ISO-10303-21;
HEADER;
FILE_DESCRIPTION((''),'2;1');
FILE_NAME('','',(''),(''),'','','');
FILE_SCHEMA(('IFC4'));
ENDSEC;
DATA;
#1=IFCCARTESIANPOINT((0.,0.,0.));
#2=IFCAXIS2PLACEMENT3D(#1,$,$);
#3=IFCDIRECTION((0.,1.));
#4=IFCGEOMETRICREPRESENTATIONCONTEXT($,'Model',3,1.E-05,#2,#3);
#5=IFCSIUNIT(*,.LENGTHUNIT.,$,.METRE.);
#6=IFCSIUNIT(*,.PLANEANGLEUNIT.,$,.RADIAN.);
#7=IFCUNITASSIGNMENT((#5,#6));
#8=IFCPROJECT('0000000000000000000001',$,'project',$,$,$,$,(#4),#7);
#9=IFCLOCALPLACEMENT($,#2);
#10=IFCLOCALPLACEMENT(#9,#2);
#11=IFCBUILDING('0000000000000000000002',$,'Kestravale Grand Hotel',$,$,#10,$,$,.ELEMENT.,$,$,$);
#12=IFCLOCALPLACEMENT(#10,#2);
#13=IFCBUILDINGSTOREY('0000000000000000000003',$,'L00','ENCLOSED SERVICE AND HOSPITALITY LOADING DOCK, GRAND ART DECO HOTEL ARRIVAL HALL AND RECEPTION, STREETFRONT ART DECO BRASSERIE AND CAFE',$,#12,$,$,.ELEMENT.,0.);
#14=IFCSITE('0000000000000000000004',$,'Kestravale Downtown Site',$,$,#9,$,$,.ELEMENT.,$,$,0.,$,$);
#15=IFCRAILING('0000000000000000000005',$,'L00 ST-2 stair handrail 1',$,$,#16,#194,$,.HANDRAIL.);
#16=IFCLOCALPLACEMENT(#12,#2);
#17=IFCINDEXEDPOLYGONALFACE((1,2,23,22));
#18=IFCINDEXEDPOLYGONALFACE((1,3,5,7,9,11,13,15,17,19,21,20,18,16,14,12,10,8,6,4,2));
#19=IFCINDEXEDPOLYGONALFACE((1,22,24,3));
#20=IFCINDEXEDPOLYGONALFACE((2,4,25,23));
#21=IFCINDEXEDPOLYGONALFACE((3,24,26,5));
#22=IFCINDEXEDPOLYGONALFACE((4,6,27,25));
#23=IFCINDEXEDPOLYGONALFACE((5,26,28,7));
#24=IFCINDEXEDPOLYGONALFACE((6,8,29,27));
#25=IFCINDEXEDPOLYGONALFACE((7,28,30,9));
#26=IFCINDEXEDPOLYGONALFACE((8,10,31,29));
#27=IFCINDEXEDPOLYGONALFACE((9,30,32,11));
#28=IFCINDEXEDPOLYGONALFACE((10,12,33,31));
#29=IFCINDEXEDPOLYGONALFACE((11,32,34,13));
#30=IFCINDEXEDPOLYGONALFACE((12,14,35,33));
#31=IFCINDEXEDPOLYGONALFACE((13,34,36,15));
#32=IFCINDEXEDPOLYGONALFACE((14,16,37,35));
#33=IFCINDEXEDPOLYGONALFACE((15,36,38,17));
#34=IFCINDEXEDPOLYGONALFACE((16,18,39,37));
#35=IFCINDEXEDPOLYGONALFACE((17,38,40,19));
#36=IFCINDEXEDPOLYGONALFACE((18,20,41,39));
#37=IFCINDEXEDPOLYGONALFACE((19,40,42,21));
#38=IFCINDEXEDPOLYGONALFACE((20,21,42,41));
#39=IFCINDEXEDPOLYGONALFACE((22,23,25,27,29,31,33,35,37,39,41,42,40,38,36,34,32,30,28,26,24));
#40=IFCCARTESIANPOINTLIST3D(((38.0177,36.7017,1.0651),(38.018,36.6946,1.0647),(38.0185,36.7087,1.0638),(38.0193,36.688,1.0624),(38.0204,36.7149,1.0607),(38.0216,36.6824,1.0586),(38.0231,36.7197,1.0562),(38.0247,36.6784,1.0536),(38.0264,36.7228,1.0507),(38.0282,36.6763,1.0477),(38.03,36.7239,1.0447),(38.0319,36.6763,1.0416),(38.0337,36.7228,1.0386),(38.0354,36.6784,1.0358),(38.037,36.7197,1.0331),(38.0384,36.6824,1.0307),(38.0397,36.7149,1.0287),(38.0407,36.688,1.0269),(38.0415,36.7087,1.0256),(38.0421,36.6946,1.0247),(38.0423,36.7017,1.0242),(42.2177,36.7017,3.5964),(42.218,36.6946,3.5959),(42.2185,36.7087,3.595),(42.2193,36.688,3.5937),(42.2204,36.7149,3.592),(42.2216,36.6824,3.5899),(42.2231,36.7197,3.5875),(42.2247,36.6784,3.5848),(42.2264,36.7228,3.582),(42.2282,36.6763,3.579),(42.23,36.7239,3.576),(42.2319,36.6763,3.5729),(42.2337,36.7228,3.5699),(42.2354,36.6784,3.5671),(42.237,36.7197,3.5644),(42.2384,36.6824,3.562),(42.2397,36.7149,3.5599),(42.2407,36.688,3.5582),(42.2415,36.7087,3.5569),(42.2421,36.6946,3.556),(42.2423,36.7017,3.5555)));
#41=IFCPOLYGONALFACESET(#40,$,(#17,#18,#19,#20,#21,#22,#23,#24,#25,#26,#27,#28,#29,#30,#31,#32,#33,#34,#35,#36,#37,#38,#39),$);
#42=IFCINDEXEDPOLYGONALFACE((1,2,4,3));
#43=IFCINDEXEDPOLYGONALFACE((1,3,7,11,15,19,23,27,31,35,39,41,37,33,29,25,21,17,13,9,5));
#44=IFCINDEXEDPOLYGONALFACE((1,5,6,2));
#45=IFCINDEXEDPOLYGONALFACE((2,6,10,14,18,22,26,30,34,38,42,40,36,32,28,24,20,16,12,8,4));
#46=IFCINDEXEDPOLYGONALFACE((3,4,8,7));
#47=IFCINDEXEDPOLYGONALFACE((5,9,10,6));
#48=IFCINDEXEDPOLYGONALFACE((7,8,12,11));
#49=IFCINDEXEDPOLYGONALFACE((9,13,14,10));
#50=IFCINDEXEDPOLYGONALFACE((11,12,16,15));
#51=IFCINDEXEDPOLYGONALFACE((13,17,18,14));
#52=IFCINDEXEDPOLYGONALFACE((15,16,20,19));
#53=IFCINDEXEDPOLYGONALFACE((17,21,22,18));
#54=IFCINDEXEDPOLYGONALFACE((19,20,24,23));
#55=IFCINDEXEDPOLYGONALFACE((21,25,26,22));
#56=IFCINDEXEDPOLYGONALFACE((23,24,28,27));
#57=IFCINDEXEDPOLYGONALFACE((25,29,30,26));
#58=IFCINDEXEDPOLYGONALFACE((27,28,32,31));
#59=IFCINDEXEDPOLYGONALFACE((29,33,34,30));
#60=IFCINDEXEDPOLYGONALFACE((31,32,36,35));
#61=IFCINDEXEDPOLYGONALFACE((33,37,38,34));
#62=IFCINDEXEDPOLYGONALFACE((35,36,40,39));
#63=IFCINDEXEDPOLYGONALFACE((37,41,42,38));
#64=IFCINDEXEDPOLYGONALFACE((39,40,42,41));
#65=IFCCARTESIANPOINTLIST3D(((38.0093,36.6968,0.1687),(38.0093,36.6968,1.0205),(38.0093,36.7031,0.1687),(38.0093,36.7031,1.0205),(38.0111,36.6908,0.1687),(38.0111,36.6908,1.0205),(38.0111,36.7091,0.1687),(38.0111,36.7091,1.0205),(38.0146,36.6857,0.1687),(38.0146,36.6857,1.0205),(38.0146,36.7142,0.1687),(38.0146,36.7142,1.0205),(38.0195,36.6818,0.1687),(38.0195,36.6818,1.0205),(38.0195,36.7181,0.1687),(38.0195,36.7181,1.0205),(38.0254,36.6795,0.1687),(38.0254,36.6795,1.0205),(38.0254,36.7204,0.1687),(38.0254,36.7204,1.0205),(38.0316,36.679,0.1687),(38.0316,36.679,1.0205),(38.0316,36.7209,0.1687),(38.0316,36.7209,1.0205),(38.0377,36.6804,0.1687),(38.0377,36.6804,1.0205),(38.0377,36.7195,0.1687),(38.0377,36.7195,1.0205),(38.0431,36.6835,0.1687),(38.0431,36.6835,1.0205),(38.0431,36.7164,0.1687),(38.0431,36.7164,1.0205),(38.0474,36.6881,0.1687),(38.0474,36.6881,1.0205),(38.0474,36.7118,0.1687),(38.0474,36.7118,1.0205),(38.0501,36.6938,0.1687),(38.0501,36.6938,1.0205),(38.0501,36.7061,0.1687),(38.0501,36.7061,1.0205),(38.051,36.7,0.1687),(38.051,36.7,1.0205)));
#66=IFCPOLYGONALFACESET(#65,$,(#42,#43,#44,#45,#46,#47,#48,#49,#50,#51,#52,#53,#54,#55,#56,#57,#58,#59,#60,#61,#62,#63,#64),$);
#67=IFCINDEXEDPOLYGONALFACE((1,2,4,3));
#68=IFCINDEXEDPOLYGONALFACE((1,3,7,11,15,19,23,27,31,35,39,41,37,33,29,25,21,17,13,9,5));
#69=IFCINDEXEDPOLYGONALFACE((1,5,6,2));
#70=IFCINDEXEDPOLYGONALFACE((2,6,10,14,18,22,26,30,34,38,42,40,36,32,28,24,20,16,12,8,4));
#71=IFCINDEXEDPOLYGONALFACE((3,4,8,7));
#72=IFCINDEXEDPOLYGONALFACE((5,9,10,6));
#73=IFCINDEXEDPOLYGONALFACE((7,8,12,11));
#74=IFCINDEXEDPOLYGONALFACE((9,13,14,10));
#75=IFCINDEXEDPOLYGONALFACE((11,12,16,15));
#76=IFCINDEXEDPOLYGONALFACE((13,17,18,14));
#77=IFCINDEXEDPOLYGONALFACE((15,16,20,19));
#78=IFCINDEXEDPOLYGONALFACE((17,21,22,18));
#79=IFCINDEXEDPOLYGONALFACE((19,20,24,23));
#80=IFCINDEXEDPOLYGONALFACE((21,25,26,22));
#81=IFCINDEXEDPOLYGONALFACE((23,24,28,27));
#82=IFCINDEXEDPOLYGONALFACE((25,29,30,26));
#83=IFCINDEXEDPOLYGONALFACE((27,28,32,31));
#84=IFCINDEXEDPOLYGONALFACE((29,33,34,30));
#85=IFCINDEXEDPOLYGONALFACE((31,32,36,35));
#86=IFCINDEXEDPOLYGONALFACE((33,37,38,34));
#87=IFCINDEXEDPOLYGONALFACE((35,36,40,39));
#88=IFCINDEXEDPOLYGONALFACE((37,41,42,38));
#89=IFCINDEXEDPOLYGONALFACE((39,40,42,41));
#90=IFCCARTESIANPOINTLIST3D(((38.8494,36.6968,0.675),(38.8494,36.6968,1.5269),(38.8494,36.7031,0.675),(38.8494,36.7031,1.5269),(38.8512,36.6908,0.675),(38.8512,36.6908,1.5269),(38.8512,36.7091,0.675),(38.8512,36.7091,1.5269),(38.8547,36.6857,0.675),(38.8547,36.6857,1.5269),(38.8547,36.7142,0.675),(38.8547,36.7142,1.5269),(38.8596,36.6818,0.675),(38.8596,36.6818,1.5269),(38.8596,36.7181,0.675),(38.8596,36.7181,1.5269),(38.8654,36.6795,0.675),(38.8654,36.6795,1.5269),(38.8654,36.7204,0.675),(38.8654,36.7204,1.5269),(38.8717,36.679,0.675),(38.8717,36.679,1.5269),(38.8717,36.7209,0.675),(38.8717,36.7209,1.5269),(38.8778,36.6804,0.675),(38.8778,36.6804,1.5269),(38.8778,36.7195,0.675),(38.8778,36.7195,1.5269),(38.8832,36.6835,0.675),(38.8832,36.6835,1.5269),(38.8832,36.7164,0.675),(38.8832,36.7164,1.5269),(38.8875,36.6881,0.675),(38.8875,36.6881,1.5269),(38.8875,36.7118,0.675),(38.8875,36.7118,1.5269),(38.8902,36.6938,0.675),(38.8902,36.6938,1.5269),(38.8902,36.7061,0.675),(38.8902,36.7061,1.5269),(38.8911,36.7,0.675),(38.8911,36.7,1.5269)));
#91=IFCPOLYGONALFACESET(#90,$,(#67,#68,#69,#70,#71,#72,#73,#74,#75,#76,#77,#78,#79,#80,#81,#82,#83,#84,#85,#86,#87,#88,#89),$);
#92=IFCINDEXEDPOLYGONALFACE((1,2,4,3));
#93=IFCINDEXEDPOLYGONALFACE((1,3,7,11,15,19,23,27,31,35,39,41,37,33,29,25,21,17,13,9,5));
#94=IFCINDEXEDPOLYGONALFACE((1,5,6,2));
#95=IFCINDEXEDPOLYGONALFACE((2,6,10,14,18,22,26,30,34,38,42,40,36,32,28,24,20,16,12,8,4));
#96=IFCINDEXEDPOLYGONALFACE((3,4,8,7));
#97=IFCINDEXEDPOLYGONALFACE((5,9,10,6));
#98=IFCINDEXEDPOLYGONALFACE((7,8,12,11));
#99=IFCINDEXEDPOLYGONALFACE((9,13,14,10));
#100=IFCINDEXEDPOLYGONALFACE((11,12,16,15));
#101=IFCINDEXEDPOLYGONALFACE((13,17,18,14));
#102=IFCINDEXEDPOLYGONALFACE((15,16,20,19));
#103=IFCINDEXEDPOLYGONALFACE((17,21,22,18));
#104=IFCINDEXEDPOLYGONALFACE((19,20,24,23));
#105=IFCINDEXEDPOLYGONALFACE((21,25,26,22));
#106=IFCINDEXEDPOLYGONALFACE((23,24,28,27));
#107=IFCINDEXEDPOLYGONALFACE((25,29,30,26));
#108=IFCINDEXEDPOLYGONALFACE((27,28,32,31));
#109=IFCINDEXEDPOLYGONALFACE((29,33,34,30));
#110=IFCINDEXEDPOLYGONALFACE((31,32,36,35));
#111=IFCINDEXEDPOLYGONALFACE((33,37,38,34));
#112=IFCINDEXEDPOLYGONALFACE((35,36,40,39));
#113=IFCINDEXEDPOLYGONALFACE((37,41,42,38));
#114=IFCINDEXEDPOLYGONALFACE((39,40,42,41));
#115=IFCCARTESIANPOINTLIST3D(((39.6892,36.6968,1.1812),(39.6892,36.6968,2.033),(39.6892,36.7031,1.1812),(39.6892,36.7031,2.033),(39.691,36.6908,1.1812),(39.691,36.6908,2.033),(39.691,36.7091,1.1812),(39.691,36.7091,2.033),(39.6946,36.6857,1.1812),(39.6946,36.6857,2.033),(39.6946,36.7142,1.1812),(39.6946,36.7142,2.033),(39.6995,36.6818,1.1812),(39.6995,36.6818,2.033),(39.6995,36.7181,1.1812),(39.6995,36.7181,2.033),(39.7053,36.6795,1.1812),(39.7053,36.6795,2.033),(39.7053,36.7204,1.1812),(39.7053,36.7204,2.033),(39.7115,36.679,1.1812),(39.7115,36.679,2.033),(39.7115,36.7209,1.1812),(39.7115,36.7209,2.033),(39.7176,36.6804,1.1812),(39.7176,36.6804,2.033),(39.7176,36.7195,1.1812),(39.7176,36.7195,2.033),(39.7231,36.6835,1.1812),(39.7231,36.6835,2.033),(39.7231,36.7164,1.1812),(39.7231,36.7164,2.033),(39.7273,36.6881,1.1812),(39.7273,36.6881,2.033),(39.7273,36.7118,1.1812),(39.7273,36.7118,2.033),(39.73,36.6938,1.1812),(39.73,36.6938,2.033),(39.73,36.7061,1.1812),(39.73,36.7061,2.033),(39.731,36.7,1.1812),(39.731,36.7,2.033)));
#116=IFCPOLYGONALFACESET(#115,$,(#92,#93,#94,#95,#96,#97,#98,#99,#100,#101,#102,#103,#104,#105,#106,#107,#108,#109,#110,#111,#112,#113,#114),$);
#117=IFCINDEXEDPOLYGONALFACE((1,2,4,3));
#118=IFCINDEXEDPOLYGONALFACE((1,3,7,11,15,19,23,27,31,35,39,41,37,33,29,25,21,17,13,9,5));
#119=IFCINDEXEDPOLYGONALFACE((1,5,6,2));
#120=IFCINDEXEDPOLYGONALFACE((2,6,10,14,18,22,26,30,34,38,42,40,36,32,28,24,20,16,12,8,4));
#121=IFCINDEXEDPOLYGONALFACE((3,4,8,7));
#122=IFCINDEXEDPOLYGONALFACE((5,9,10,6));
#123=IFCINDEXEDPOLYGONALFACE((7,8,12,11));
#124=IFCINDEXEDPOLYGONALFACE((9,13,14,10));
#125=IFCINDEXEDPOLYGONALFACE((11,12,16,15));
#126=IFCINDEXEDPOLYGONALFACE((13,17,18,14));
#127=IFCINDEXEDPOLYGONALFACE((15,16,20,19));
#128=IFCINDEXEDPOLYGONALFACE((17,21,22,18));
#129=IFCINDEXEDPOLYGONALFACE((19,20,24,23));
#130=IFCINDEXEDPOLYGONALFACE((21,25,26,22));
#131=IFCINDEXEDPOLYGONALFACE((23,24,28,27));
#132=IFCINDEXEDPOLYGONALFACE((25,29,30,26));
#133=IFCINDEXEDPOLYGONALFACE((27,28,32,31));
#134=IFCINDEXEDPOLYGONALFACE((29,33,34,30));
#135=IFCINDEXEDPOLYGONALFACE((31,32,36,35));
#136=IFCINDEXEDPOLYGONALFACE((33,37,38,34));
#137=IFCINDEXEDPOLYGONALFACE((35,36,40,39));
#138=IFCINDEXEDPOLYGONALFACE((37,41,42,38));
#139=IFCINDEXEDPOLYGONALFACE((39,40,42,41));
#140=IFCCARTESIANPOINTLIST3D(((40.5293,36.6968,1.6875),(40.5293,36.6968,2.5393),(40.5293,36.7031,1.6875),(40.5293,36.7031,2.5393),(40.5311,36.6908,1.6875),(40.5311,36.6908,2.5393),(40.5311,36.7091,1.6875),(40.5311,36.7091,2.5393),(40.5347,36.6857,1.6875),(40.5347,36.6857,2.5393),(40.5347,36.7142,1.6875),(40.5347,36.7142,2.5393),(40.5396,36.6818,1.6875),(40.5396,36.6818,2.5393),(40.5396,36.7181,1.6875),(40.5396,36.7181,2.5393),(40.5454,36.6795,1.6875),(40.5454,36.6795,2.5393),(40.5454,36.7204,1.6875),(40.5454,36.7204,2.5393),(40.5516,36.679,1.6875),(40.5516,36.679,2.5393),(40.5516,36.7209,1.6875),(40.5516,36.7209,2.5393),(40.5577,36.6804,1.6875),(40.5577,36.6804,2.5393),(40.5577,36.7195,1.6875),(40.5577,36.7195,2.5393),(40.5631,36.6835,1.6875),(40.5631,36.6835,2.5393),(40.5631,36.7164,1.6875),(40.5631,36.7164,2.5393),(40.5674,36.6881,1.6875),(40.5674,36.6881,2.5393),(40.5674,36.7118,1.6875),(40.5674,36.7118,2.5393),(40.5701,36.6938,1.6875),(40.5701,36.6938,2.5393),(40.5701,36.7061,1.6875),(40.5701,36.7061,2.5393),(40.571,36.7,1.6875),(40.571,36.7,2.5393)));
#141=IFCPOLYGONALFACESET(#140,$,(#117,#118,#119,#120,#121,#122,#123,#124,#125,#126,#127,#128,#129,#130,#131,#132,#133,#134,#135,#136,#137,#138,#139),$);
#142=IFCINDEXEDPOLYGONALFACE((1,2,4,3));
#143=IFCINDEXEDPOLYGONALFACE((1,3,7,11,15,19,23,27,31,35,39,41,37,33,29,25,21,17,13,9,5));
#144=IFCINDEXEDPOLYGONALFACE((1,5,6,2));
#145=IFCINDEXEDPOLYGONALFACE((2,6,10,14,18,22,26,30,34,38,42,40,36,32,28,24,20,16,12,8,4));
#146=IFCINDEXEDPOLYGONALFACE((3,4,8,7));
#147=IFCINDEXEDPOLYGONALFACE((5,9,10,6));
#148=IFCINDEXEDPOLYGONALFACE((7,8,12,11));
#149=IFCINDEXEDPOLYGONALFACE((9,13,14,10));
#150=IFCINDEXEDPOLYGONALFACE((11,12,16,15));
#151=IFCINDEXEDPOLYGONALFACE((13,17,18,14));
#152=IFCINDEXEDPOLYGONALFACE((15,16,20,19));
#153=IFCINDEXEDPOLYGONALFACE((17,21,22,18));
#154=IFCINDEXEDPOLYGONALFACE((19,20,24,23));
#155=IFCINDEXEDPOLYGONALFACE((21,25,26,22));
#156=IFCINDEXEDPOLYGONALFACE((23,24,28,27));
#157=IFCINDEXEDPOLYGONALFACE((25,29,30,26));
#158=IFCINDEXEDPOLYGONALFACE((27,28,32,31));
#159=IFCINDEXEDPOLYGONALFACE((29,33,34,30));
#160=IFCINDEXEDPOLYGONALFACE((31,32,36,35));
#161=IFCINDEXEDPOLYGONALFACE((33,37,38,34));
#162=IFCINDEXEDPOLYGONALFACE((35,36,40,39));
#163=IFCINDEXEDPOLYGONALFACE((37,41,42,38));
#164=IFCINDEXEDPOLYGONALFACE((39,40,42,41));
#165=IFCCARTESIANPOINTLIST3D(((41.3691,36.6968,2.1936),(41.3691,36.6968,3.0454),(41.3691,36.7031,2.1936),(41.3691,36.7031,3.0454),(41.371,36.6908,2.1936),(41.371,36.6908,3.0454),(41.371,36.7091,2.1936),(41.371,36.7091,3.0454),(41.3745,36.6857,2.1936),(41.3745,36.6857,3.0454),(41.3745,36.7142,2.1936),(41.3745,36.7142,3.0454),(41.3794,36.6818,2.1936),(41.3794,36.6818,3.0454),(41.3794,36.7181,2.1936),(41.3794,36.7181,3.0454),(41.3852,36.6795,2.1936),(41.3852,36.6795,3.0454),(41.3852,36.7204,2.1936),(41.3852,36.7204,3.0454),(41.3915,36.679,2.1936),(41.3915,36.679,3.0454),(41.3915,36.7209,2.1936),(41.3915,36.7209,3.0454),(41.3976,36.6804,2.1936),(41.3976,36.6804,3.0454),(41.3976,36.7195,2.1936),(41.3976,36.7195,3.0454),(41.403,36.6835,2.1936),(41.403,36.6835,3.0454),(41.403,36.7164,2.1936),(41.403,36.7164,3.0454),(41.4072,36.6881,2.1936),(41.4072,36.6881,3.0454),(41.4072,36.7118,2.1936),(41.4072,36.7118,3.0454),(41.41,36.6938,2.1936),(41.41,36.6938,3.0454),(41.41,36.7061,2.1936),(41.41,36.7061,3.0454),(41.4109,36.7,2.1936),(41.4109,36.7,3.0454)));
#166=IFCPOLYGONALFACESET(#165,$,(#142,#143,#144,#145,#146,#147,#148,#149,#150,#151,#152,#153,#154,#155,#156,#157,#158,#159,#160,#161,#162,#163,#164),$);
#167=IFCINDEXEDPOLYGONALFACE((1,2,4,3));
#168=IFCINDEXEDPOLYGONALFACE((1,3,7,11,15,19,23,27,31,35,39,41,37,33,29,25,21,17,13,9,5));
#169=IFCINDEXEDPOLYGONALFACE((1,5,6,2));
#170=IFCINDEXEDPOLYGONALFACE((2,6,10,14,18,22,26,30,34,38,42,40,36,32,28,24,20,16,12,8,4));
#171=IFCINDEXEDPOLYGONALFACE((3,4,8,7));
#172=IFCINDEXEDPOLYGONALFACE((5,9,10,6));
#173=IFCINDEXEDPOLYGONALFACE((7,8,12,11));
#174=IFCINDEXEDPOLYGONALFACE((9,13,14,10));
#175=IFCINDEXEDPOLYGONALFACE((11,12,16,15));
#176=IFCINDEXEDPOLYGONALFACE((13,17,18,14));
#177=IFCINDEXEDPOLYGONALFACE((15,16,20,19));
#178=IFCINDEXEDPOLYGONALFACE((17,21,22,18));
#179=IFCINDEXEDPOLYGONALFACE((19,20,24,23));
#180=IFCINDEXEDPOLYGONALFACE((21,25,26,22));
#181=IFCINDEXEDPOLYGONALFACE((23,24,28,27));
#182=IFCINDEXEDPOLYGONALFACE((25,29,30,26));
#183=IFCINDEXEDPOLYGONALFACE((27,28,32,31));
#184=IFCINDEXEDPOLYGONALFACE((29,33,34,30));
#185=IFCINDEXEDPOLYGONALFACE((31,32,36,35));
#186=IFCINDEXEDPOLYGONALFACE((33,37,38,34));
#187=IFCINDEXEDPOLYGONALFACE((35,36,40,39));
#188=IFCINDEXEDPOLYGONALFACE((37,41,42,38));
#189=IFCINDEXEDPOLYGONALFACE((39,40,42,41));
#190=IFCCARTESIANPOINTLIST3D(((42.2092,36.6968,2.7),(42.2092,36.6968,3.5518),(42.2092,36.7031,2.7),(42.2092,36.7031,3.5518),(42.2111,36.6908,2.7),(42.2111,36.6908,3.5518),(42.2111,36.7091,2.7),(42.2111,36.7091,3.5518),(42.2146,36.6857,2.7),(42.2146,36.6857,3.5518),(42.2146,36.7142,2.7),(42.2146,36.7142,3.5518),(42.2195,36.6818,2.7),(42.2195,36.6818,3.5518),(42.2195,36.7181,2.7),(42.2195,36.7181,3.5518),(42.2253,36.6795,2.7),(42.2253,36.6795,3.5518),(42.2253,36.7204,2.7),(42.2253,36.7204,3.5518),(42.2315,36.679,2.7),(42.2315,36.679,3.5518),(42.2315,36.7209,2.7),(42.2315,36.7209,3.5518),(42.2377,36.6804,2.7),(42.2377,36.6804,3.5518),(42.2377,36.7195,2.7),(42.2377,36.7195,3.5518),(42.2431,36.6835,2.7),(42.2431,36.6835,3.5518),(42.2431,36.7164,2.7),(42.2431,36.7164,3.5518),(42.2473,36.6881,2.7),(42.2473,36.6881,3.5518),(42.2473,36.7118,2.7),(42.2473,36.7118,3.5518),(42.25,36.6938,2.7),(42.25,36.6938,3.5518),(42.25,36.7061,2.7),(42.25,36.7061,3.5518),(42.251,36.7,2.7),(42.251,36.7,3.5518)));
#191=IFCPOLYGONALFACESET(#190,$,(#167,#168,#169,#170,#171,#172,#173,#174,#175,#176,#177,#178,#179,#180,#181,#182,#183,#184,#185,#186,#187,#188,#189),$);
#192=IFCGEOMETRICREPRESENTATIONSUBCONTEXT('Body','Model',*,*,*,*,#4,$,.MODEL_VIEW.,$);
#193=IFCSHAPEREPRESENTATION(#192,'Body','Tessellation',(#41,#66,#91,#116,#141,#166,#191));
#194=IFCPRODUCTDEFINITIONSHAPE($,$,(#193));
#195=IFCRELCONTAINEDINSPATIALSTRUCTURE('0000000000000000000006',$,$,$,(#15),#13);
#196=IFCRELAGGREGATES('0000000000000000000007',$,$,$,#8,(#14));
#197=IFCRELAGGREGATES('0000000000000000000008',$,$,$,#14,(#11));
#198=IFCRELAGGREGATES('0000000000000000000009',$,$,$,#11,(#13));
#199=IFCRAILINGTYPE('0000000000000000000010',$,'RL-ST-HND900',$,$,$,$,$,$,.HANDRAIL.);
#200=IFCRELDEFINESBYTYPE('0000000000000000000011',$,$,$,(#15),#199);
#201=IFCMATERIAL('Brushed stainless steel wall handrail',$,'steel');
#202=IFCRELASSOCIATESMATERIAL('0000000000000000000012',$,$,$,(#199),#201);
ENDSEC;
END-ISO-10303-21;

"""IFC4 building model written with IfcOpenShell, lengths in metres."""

from ifc_helpers import new_model, si_unit, direction, frame, origin, origin_2d, place, context, subcontext, project, spatial, circle, extrude, material, type_object, element, save


model = new_model("IFC4")

# Units and contexts
model_context = context("Model", 3, precision=1e-05, world=origin(), true_north=direction((0.0, 1.0)))
body_context = subcontext(model_context, "Body", "Model", "MODEL_VIEW")
ifc_project = project(units=[si_unit("LENGTHUNIT", "METRE"), si_unit("PLANEANGLEUNIT", "RADIAN")], contexts=[model_context])

# Site, building, storey
site_placement = place(None, origin())
site = spatial("IfcSite", under=ifc_project, at=site_placement, Name="Kestravale Downtown Site", CompositionType="ELEMENT", RefElevation=0.0)
building_placement = place(site_placement, origin())
building = spatial("IfcBuilding", under=site, at=building_placement, Name="Kestravale Grand Hotel", CompositionType="ELEMENT")
storey_placement = place(building_placement, origin())
storey = spatial("IfcBuildingStorey", under=building, at=storey_placement, Name="L00", Description="ENCLOSED SERVICE AND HOSPITALITY LOADING DOCK, GRAND ART DECO HOTEL ARRIVAL HALL AND RECEPTION, STREETFRONT ART DECO BRASSERIE AND CAFE", CompositionType="ELEMENT", Elevation=0.0)

# Railing
ifc_material_1 = material(Name="Brushed stainless steel wall handrail", Category="steel")
railing_type_1 = type_object("IfcRailingType", Name="RL-ST-HND900", PredefinedType="HANDRAIL", material=ifc_material_1)
railing_1_placement = place(storey_placement, frame((38.03, 36.7, 0.1687)))
element("IfcRailing", 1, at=railing_1_placement, inside=storey, type_object=railing_type_1, Name="L00 ST-2 stair handrail 1", PredefinedType="HANDRAIL", context=body_context, shape_type="SweptSolid", body=[
    extrude(circle(Radius=0.0239, at=origin_2d()), frame((0.0, 0.0, 0.876), z_axis=(0.856476, 0.0, 0.516186), x_axis=(0.0, 1.0, 0.0)), (0.0, 0.0, 1.0), 4.9038),
    extrude(circle(Radius=0.021, at=origin_2d()), origin(), (0.0, 0.0, 1.0), 0.8518),
    extrude(circle(Radius=0.021, at=origin_2d()), frame((0.8401, 0.0, 0.5063)), (0.0, 0.0, 1.0), 0.8518),
    extrude(circle(Radius=0.021, at=origin_2d()), frame((1.6799, 0.0, 1.0125)), (0.0, 0.0, 1.0), 0.8518),
    extrude(circle(Radius=0.021, at=origin_2d()), frame((2.52, 0.0, 1.5188)), (0.0, 0.0, 1.0), 0.8518),
    extrude(circle(Radius=0.021, at=origin_2d()), frame((3.3599, 0.0, 2.0249)), (0.0, 0.0, 1.0), 0.8518),
    extrude(circle(Radius=0.021, at=origin_2d()), frame((4.2, 0.0, 2.5312)), (0.0, 0.0, 1.0), 0.8518),
])

save(model, "model.ifc")
